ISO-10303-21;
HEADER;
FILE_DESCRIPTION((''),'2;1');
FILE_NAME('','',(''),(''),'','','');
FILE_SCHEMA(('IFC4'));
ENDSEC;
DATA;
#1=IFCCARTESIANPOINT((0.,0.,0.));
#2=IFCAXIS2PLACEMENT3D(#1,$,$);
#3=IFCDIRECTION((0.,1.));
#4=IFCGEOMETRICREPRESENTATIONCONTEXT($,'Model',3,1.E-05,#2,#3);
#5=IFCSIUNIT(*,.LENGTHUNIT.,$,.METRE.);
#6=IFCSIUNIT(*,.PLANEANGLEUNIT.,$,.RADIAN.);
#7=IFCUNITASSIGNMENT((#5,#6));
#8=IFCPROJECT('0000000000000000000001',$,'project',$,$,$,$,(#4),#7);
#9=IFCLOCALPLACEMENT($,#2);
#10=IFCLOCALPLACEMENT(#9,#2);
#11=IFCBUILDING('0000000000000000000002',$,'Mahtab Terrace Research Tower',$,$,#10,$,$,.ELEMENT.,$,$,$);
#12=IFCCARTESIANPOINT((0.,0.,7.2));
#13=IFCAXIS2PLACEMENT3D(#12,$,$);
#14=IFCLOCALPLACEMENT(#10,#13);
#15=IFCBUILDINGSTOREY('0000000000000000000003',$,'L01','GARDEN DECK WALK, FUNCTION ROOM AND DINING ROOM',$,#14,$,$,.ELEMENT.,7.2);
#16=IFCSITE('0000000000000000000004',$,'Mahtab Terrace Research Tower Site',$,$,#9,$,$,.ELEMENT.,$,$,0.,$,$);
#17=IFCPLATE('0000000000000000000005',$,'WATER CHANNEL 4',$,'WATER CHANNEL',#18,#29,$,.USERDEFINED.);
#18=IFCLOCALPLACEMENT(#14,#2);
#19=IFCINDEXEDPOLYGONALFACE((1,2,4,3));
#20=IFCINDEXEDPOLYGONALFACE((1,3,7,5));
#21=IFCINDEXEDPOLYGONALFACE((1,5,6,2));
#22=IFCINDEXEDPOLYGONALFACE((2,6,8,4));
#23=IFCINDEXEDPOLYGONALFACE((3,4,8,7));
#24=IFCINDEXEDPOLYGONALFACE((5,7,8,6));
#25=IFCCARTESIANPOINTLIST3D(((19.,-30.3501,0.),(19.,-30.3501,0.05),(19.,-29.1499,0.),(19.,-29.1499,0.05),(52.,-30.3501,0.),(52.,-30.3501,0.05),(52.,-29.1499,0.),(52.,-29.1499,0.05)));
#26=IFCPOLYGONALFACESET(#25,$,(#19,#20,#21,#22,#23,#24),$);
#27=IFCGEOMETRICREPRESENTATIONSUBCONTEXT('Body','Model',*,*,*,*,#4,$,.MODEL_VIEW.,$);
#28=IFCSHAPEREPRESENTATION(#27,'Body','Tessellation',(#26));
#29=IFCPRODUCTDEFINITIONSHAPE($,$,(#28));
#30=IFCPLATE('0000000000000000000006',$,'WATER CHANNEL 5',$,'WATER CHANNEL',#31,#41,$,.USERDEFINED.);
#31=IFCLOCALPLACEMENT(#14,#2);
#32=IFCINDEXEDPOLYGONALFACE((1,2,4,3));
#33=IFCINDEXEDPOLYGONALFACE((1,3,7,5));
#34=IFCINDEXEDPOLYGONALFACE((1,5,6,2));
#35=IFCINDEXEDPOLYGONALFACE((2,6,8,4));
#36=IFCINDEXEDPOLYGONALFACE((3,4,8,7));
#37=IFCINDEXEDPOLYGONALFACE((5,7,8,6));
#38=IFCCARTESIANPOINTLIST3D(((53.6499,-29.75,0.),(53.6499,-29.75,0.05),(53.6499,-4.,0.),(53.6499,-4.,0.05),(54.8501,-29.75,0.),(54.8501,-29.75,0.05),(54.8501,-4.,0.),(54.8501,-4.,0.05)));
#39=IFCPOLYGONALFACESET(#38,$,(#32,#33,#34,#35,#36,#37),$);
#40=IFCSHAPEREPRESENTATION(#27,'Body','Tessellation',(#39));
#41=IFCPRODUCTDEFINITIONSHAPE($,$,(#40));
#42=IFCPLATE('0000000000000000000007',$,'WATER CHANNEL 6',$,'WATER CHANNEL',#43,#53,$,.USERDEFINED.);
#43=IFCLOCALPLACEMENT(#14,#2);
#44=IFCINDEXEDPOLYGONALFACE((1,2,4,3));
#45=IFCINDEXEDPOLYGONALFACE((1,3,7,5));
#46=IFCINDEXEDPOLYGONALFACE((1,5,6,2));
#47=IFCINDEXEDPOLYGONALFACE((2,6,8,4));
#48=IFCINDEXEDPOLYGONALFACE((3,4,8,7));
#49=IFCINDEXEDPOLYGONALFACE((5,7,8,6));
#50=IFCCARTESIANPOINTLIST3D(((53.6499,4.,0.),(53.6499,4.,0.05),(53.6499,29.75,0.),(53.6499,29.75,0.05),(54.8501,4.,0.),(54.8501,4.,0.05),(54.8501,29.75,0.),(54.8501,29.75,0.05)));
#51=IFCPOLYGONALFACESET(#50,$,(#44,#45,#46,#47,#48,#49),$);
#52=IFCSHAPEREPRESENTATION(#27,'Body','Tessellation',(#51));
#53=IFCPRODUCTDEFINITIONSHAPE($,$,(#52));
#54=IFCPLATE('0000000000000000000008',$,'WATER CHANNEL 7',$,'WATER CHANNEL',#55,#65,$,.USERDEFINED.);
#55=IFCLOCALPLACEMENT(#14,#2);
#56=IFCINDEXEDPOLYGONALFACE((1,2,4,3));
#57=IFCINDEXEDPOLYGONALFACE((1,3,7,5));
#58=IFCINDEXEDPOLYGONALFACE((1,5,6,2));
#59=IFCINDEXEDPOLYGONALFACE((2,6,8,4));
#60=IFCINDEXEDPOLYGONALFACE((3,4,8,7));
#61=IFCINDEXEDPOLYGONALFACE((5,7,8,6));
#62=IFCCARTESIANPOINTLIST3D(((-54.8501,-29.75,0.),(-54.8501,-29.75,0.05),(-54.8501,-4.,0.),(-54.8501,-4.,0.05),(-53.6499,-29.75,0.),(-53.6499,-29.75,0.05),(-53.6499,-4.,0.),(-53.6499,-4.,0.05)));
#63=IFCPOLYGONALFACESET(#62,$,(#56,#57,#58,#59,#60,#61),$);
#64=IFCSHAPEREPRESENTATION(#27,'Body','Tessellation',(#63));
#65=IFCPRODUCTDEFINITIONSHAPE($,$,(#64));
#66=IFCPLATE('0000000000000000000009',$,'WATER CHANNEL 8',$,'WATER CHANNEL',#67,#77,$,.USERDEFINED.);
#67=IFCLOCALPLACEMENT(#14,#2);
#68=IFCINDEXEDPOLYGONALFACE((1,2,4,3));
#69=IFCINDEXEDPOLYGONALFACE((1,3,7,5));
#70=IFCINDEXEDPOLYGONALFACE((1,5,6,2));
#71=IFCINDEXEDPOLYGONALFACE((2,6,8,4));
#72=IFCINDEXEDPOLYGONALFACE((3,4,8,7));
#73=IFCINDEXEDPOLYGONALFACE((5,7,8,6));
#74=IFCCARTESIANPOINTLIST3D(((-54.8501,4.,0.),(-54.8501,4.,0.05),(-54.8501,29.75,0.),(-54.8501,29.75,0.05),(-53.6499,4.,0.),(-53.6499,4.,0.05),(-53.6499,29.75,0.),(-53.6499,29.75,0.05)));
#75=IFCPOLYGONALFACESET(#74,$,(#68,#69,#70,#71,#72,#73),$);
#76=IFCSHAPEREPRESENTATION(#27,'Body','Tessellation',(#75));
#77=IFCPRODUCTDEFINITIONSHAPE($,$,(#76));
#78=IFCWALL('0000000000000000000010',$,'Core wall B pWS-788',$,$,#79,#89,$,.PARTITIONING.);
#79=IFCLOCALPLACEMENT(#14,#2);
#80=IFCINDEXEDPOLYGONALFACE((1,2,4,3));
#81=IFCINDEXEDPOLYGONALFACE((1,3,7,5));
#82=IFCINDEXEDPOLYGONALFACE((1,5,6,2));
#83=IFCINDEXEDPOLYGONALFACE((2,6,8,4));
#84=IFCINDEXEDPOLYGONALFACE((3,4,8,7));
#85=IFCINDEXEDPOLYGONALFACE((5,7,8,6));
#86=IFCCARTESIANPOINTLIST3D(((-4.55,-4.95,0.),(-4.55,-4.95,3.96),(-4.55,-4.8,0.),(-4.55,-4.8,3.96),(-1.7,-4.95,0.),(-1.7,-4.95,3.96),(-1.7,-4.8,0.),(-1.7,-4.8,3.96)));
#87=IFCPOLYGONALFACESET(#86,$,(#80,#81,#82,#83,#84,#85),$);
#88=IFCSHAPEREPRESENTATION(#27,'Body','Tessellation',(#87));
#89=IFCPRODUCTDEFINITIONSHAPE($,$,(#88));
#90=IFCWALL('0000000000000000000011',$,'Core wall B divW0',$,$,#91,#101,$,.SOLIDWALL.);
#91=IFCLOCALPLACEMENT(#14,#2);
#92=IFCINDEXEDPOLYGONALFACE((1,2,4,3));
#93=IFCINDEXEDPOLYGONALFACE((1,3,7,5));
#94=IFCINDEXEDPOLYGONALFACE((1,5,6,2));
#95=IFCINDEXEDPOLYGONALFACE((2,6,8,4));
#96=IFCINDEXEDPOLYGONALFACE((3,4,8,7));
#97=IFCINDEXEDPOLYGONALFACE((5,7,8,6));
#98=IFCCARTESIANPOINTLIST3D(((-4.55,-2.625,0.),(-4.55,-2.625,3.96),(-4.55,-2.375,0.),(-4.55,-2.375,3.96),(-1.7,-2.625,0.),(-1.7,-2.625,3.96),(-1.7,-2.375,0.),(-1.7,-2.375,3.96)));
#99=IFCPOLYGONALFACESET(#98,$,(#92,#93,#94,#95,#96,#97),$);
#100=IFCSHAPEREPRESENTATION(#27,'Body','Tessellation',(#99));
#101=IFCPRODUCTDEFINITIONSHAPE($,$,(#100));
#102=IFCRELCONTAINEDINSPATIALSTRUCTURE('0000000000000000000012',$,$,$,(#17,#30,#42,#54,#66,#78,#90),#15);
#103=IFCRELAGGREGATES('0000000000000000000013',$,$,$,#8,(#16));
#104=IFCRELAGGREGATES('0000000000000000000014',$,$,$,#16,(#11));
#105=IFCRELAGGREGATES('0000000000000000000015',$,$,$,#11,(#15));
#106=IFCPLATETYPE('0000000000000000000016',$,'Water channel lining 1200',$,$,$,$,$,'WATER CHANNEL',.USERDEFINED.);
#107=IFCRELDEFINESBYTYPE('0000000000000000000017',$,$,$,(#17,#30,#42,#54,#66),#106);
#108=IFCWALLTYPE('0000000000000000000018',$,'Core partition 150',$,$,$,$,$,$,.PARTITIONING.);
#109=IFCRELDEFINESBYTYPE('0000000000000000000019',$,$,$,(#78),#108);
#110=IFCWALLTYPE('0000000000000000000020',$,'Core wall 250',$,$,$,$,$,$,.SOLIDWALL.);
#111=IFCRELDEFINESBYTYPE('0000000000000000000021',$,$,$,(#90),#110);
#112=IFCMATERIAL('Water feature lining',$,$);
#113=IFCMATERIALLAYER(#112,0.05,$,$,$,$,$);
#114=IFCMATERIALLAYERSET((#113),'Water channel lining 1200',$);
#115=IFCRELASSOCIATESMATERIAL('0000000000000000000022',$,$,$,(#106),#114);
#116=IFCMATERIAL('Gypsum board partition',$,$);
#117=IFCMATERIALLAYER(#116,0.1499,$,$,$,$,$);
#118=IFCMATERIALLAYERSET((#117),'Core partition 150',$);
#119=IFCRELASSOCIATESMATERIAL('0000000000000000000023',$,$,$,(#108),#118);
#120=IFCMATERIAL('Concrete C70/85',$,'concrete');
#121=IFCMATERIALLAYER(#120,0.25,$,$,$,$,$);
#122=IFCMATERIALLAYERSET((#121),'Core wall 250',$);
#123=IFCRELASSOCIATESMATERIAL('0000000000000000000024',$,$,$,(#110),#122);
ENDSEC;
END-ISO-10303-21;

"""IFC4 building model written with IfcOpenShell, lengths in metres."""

from ifc_helpers import new_model, si_unit, direction, frame, frame_2d, origin, place, context, subcontext, project, spatial, polyline, rectangle, outline, extrude, material, layer, layer_set, type_object, element, save


model = new_model("IFC4")

# Units and contexts
model_context = context("Model", 3, precision=1e-05, world=origin(), true_north=direction((0.0, 1.0)))
body_context = subcontext(model_context, "Body", "Model", "MODEL_VIEW")
ifc_project = project(units=[si_unit("LENGTHUNIT", "METRE"), si_unit("PLANEANGLEUNIT", "RADIAN")], contexts=[model_context])

# Site, building, storey
site_placement = place(None, origin())
site = spatial("IfcSite", under=ifc_project, at=site_placement, Name="Mahtab Terrace Research Tower Site", CompositionType="ELEMENT", RefElevation=0.0)
building_placement = place(site_placement, origin())
building = spatial("IfcBuilding", under=site, at=building_placement, Name="Mahtab Terrace Research Tower", CompositionType="ELEMENT")
storey_placement = place(building_placement, frame((0.0, 0.0, 7.2)))
storey = spatial("IfcBuildingStorey", under=building, at=storey_placement, Name="L01", Description="GARDEN DECK WALK, FUNCTION ROOM AND DINING ROOM", CompositionType="ELEMENT", Elevation=7.2)

# Shared definitions
ifc_material_1 = material(Name="Concrete C70/85", Category="concrete")

# Shared definitions
ifc_material_2 = material(Name="Water feature lining")

# Plates
ifc_layer_1 = layer(ifc_material_2, 0.05)
ifc_layer_set_1 = layer_set([ifc_layer_1], Name="Water channel lining 1200")
plate_type_1 = type_object("IfcPlateType", Name="Water channel lining 1200", ElementType="WATER CHANNEL", PredefinedType="USERDEFINED", material=ifc_layer_set_1)
plate_1_placement = place(storey_placement, origin())
element("IfcPlate", 1, at=plate_1_placement, inside=storey, type_object=plate_type_1, Name="WATER CHANNEL 4", ObjectType="WATER CHANNEL", PredefinedType="USERDEFINED", context=body_context, shape_type="SweptSolid", body=[
    extrude(outline(polyline([(19.0, -30.3501), (19.0, -29.1499), (52.0, -29.1499), (52.0, -30.3501), (19.0, -30.3501)])), origin(), (0.0, 0.0, 1.0), 0.05),
])
plate_2_placement = place(storey_placement, origin())
element("IfcPlate", 2, at=plate_2_placement, inside=storey, type_object=plate_type_1, Name="WATER CHANNEL 5", ObjectType="WATER CHANNEL", PredefinedType="USERDEFINED", context=body_context, shape_type="SweptSolid", body=[
    extrude(outline(polyline([(54.8501, -29.75), (53.6499, -29.75), (53.6499, -4.0), (54.8501, -4.0), (54.8501, -29.75)])), origin(), (0.0, 0.0, 1.0), 0.05),
])
plate_3_placement = place(storey_placement, origin())
element("IfcPlate", 3, at=plate_3_placement, inside=storey, type_object=plate_type_1, Name="WATER CHANNEL 6", ObjectType="WATER CHANNEL", PredefinedType="USERDEFINED", context=body_context, shape_type="SweptSolid", body=[
    extrude(outline(polyline([(53.6499, 29.75), (54.8501, 29.75), (54.8501, 4.0), (53.6499, 4.0), (53.6499, 29.75)])), origin(), (0.0, 0.0, 1.0), 0.05),
])
plate_4_placement = place(storey_placement, origin())
element("IfcPlate", 4, at=plate_4_placement, inside=storey, type_object=plate_type_1, Name="WATER CHANNEL 7", ObjectType="WATER CHANNEL", PredefinedType="USERDEFINED", context=body_context, shape_type="SweptSolid", body=[
    extrude(outline(polyline([(-53.6499, -29.75), (-54.8501, -29.75), (-54.8501, -4.0), (-53.6499, -4.0), (-53.6499, -29.75)])), origin(), (0.0, 0.0, 1.0), 0.05),
])
plate_5_placement = place(storey_placement, origin())
element("IfcPlate", 5, at=plate_5_placement, inside=storey, type_object=plate_type_1, Name="WATER CHANNEL 8", ObjectType="WATER CHANNEL", PredefinedType="USERDEFINED", context=body_context, shape_type="SweptSolid", body=[
    extrude(outline(polyline([(-54.8501, 29.75), (-53.6499, 29.75), (-53.6499, 4.0), (-54.8501, 4.0), (-54.8501, 29.75)])), origin(), (0.0, 0.0, 1.0), 0.05),
])

# Walls
ifc_material_3 = material(Name="Gypsum board partition")
ifc_layer_2 = layer(ifc_material_3, 0.1499)
ifc_layer_set_2 = layer_set([ifc_layer_2], Name="Core partition 150")
wall_type_1 = type_object("IfcWallType", Name="Core partition 150", PredefinedType="PARTITIONING", material=ifc_layer_set_2)
wall_1_placement = place(storey_placement, frame((-4.55, -4.875, 0.0), z_axis=(0.0, 0.0, 1.0), x_axis=(1.0, 0.0, 0.0)))
element("IfcWall", 6, at=wall_1_placement, inside=storey, type_object=wall_type_1, Name="Core wall B pWS-788", PredefinedType="PARTITIONING", context=body_context, shape_type="SweptSolid", body=[
    extrude(rectangle(XDim=2.8501, YDim=0.1499, at=frame_2d((1.425, 0.0))), origin(), (0.0, 0.0, 1.0), 3.96),
])
ifc_layer_3 = layer(ifc_material_1, 0.25)
ifc_layer_set_3 = layer_set([ifc_layer_3], Name="Core wall 250")
wall_type_2 = type_object("IfcWallType", Name="Core wall 250", PredefinedType="SOLIDWALL", material=ifc_layer_set_3)
wall_2_placement = place(storey_placement, frame((-4.55, -2.5, 0.0), z_axis=(0.0, 0.0, 1.0), x_axis=(1.0, 0.0, 0.0)))
element("IfcWall", 7, at=wall_2_placement, inside=storey, type_object=wall_type_2, Name="Core wall B divW0", PredefinedType="SOLIDWALL", context=body_context, shape_type="SweptSolid", body=[
    extrude(rectangle(XDim=2.8501, YDim=0.25, at=frame_2d((1.425, 0.0))), origin(), (0.0, 0.0, 1.0), 3.96),
])

save(model, "model.ifc")
